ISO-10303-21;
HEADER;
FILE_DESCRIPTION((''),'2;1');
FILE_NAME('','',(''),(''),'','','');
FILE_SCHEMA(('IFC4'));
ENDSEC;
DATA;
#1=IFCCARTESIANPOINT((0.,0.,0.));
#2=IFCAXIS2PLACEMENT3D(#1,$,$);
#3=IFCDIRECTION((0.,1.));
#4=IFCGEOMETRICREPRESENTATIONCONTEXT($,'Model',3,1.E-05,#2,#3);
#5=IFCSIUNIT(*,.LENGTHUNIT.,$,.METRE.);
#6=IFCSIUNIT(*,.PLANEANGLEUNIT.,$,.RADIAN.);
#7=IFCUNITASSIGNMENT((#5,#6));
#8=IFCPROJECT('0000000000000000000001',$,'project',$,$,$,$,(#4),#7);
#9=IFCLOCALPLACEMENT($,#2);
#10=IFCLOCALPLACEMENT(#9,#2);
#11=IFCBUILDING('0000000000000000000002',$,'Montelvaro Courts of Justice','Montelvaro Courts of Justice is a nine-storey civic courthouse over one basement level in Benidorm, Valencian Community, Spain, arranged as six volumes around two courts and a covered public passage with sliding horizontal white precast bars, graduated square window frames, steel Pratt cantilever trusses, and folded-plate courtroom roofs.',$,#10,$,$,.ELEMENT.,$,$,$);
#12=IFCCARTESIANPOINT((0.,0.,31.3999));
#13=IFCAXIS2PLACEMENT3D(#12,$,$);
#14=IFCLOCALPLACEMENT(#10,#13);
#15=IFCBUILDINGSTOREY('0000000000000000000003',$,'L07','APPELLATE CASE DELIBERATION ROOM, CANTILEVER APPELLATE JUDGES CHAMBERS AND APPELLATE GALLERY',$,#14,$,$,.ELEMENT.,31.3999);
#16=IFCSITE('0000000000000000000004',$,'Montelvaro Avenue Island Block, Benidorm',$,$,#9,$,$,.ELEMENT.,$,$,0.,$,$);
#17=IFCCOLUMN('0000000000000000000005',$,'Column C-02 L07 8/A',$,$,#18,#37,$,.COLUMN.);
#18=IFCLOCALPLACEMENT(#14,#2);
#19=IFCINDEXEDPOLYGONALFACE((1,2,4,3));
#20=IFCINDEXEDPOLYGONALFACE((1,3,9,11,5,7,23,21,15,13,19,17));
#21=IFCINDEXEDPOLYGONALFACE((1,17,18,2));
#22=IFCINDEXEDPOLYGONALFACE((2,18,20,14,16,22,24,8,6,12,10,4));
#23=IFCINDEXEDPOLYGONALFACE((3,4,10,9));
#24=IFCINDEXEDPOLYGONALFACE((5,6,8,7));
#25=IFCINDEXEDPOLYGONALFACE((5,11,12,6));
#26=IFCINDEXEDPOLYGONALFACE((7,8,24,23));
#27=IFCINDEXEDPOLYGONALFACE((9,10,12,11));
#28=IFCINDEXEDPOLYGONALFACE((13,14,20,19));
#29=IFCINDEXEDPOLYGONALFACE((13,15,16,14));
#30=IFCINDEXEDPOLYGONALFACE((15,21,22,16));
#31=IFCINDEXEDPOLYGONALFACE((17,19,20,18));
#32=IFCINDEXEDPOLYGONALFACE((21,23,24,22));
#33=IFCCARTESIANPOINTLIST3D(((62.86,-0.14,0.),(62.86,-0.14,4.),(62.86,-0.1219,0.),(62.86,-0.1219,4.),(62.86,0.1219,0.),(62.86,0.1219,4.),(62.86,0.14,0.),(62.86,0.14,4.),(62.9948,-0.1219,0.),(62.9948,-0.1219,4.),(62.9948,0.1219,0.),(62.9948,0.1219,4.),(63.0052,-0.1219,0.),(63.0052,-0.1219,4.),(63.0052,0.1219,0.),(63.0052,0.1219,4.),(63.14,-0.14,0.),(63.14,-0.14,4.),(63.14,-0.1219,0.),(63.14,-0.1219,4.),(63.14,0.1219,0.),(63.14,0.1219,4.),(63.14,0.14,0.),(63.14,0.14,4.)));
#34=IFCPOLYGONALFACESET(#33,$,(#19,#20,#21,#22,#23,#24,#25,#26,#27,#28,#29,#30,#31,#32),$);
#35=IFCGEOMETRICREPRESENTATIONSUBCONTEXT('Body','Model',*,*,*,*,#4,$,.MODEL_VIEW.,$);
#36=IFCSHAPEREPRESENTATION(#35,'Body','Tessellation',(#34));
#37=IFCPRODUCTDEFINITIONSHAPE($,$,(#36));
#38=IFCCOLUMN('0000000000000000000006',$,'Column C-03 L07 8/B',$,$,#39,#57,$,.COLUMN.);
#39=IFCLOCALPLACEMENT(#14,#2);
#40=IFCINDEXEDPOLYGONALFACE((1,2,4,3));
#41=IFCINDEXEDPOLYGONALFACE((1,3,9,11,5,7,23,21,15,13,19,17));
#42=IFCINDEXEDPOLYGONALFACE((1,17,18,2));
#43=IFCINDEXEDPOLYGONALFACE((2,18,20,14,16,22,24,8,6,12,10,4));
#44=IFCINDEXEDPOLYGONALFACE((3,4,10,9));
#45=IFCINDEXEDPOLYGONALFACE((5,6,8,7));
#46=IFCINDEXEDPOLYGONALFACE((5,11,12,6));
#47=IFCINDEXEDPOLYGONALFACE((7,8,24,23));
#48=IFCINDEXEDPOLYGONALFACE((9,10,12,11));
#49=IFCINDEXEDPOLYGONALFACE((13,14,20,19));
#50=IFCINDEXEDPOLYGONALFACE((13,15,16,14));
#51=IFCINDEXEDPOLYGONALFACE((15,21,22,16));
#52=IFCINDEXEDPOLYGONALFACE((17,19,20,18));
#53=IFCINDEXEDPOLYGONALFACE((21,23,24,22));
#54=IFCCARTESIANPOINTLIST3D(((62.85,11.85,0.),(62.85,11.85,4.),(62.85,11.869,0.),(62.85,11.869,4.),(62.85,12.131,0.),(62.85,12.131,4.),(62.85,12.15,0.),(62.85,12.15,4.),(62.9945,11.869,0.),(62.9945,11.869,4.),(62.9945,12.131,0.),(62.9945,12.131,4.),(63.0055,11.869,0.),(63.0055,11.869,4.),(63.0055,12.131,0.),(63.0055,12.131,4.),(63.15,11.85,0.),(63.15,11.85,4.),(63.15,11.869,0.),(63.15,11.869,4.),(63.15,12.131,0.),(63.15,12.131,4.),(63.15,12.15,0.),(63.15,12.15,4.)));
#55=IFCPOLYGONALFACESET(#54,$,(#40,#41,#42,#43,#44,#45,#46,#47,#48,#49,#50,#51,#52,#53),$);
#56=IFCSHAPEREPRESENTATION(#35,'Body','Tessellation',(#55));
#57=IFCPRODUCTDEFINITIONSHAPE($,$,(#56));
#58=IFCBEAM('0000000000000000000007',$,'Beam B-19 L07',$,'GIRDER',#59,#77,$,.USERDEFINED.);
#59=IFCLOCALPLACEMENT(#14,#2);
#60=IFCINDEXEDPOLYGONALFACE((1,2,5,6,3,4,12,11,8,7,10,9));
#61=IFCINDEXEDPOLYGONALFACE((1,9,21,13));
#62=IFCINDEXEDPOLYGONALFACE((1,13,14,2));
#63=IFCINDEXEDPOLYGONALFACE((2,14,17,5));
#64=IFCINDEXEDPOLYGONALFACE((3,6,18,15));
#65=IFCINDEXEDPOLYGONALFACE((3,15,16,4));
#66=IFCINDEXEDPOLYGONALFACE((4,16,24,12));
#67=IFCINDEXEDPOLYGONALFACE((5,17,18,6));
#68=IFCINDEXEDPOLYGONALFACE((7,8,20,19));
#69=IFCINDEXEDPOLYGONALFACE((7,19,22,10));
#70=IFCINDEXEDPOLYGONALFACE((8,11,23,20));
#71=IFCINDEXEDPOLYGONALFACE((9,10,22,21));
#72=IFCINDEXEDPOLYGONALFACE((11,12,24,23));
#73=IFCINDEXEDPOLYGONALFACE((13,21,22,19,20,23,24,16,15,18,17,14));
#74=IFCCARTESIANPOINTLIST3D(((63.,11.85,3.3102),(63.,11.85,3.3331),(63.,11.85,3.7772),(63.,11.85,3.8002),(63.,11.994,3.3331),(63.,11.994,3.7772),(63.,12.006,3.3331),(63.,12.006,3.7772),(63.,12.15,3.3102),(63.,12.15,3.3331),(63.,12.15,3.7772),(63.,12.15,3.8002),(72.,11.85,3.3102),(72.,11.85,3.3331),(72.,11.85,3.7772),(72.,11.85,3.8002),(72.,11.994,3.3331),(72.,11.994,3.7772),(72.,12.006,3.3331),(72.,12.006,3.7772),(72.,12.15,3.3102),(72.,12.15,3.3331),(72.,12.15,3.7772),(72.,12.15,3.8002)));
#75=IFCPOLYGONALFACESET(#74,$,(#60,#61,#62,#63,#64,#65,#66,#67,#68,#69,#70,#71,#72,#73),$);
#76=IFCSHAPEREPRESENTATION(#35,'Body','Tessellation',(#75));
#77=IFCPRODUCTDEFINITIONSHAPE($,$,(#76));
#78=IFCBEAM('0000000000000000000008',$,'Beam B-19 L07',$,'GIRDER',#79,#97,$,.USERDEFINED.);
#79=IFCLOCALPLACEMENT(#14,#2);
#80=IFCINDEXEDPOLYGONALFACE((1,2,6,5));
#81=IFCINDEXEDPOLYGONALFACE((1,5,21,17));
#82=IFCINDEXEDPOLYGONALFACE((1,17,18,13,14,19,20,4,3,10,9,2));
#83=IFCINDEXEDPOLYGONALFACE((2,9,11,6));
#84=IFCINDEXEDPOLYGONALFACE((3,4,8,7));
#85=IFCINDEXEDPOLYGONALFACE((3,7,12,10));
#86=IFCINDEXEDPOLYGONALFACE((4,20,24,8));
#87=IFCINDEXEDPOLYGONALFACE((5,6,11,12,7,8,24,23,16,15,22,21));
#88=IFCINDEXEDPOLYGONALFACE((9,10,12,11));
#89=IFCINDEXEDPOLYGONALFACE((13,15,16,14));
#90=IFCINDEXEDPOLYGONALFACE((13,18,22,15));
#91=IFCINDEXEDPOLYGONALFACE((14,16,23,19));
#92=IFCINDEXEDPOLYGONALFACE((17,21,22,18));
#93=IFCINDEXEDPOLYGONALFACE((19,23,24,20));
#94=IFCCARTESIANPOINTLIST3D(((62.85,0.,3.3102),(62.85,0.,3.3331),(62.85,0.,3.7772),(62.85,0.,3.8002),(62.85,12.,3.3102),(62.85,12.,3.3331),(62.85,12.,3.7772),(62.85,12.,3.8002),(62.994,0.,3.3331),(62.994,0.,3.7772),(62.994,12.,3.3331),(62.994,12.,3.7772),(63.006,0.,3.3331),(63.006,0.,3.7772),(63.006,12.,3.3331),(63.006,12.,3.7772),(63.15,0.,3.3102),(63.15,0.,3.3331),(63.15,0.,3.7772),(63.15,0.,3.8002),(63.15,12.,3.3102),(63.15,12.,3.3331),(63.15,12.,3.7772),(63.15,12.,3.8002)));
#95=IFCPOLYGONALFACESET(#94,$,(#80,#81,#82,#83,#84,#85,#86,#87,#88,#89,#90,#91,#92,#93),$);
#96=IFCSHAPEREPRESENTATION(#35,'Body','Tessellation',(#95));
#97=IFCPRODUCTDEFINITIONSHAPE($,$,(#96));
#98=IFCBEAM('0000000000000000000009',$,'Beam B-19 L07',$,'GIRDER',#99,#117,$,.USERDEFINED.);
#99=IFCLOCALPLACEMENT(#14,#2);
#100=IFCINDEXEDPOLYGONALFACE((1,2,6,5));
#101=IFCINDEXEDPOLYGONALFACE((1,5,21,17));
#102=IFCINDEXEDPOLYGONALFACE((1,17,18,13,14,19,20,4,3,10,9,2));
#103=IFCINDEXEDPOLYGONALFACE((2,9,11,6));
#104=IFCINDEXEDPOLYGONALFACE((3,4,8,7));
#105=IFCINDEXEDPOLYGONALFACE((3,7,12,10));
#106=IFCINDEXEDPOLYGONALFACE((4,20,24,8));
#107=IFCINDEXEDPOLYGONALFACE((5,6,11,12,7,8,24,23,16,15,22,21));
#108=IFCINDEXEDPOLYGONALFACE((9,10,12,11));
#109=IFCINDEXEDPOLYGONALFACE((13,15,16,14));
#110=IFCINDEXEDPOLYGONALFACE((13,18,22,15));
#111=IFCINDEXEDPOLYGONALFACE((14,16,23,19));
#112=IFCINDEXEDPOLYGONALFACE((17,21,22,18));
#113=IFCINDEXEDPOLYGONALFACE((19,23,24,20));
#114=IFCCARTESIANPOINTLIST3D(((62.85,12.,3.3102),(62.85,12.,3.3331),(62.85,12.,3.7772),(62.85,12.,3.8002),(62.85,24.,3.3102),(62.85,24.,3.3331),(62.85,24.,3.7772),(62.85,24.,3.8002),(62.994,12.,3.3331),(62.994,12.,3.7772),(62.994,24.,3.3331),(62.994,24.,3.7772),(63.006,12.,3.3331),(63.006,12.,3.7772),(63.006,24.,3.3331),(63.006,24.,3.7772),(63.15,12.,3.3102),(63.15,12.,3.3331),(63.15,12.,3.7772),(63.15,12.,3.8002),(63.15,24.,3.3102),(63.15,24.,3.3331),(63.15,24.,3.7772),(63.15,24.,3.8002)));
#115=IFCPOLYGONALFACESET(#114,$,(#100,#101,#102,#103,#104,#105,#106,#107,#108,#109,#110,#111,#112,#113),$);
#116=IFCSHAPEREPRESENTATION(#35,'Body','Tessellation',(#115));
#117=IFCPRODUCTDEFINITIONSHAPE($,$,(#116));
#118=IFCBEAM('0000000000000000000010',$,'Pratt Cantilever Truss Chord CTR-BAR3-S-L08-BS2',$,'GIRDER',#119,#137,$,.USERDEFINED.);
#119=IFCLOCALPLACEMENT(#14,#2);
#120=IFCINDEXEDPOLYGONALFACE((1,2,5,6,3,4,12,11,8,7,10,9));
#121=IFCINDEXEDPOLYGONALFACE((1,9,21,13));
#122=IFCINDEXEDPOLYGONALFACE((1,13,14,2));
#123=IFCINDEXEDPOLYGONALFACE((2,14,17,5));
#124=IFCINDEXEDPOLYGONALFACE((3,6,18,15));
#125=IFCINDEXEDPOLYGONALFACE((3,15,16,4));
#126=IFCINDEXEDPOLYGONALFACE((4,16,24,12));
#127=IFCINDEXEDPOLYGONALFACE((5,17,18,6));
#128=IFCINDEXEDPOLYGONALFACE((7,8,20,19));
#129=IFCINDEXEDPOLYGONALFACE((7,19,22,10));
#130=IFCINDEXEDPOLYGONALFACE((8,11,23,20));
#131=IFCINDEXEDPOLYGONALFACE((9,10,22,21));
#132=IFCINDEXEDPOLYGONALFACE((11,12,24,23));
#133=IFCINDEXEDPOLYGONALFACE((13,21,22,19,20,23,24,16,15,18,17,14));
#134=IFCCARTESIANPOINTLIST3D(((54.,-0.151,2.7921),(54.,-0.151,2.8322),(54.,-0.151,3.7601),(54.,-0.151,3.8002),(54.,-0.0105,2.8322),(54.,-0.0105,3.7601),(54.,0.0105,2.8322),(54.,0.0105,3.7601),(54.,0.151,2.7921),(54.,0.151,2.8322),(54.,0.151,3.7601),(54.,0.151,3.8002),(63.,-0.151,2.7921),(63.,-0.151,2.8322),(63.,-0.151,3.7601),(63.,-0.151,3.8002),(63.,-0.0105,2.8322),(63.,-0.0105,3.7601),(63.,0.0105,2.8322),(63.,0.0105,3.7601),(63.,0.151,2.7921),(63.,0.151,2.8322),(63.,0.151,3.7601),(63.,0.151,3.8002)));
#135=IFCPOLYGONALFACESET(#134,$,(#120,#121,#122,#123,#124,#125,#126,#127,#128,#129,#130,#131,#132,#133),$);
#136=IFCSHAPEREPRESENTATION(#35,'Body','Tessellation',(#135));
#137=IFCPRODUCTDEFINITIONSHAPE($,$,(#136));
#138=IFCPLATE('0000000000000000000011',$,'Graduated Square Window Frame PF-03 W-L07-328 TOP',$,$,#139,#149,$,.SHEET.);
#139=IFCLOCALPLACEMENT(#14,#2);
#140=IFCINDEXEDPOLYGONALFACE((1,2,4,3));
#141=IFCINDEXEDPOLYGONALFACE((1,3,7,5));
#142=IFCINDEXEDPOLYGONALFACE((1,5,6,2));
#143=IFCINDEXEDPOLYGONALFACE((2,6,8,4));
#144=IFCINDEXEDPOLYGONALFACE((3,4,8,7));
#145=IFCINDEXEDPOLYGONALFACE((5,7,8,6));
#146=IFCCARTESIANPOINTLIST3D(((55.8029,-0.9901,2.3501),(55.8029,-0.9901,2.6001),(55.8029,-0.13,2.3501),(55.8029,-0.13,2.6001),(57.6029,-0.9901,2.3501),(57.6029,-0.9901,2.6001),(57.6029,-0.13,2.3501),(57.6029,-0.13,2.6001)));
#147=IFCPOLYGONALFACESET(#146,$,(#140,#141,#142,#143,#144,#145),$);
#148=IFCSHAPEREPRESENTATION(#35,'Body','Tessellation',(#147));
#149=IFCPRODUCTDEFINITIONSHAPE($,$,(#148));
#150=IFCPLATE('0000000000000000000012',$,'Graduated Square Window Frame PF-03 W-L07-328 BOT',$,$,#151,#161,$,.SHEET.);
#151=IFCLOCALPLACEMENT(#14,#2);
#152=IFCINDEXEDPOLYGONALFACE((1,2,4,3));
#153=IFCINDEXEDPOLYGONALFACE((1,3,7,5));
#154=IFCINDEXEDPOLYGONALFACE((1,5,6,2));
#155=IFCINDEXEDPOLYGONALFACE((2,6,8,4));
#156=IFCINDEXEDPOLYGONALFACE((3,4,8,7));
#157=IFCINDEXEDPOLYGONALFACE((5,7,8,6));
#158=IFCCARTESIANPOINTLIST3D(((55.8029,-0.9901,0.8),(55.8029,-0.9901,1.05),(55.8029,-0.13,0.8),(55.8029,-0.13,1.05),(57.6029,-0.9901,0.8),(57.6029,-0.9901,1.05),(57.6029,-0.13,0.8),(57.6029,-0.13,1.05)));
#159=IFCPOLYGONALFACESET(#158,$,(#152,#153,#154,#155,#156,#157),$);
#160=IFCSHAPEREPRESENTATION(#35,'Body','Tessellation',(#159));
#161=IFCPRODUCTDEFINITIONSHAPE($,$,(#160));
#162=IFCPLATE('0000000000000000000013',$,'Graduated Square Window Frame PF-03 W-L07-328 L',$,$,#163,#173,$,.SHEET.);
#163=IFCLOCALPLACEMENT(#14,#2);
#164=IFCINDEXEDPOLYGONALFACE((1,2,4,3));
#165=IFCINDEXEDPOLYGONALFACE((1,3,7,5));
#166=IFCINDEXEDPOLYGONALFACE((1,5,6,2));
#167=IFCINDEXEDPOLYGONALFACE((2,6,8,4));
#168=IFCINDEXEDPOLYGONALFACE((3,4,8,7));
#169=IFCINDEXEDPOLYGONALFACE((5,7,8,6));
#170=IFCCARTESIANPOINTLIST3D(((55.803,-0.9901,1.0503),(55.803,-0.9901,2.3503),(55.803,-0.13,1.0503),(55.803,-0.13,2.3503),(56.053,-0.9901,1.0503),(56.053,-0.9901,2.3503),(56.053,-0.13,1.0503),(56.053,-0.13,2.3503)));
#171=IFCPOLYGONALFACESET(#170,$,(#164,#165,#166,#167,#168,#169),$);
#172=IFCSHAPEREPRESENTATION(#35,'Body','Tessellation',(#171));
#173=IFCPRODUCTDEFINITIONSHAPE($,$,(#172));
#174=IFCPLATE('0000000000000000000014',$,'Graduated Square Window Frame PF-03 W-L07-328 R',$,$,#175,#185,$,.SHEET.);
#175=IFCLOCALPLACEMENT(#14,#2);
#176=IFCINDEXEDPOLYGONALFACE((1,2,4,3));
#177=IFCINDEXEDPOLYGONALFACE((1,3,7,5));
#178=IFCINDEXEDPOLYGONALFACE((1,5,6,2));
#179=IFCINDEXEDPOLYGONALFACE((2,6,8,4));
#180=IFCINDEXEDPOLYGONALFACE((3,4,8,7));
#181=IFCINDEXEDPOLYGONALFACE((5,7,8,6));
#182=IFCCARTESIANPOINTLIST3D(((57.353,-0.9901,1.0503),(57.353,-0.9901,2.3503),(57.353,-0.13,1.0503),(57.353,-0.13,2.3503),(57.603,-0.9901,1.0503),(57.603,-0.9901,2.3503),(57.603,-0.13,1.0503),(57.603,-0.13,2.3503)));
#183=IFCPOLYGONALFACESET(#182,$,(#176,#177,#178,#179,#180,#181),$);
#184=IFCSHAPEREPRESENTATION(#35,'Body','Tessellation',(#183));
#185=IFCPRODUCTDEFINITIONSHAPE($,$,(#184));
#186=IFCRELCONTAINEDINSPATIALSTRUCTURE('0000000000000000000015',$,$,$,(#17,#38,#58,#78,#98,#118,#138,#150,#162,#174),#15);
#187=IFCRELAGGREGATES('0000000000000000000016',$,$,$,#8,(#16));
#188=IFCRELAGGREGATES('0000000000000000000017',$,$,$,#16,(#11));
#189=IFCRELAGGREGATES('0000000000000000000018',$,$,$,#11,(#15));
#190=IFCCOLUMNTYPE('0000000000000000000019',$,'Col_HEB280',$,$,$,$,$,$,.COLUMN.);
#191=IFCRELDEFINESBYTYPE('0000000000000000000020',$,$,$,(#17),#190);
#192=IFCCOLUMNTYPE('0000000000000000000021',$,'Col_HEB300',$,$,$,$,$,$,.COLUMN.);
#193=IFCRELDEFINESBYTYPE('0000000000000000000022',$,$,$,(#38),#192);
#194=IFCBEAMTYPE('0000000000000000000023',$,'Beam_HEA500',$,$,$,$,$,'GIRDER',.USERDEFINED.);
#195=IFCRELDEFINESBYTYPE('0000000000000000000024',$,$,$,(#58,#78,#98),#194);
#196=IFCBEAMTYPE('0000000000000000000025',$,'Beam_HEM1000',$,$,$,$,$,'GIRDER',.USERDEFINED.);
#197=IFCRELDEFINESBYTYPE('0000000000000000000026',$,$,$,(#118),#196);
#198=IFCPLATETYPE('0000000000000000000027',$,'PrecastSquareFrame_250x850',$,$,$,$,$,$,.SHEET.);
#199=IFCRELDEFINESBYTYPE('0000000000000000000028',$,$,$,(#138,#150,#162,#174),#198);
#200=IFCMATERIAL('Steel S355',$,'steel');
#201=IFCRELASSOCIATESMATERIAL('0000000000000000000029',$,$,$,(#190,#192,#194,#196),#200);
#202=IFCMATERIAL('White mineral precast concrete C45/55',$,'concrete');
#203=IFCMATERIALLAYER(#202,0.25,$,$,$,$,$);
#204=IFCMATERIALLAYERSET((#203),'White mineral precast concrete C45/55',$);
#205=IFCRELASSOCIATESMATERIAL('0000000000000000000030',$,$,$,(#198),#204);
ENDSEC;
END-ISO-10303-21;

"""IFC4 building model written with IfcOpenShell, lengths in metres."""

from ifc_helpers import new_model, si_unit, direction, frame, origin, origin_2d, place, context, subcontext, project, spatial, rectangle, i_section, extrude, material, layer, layer_set, material_profile, profile_set, type_object, element, save


model = new_model("IFC4")

# Units and contexts
model_context = context("Model", 3, precision=1e-05, world=origin(), true_north=direction((0.0, 1.0)))
body_context = subcontext(model_context, "Body", "Model", "MODEL_VIEW")
ifc_project = project(units=[si_unit("LENGTHUNIT", "METRE"), si_unit("PLANEANGLEUNIT", "RADIAN")], contexts=[model_context])

# Site, building, storey
site_placement = place(None, origin())
site = spatial("IfcSite", under=ifc_project, at=site_placement, Name="Montelvaro Avenue Island Block, Benidorm", CompositionType="ELEMENT", RefElevation=0.0)
building_placement = place(site_placement, origin())
building = spatial("IfcBuilding", under=site, at=building_placement, Name="Montelvaro Courts of Justice", Description="Montelvaro Courts of Justice is a nine-storey civic courthouse over one basement level in Benidorm, Valencian Community, Spain, arranged as six volumes around two courts and a covered public passage with sliding horizontal white precast bars, graduated square window frames, steel Pratt cantilever trusses, and folded-plate courtroom roofs.", CompositionType="ELEMENT")
storey_placement = place(building_placement, frame((0.0, 0.0, 31.3999)))
storey = spatial("IfcBuildingStorey", under=building, at=storey_placement, Name="L07", Description="APPELLATE CASE DELIBERATION ROOM, CANTILEVER APPELLATE JUDGES CHAMBERS AND APPELLATE GALLERY", CompositionType="ELEMENT", Elevation=31.3999)

# Columns
ifc_material_1 = material(Name="Steel S355", Category="steel")
ifc_material_profile_1 = material_profile(ifc_material_1, i_section(OverallWidth=0.28, OverallDepth=0.28, WebThickness=0.0105, FlangeThickness=0.0181, at=origin_2d()), Name="HEB 280")
ifc_profile_set_1 = profile_set([ifc_material_profile_1], Name="Steel S355")
column_type_1 = type_object("IfcColumnType", Name="Col_HEB280", PredefinedType="COLUMN", material=ifc_profile_set_1)
column_1_placement = place(storey_placement, frame((63.0, 0.0, 0.0), z_axis=(0.0, 0.0, 1.0), x_axis=(1.0, 0.0, 0.0)))
element("IfcColumn", 1, at=column_1_placement, inside=storey, type_object=column_type_1, Name="Column C-02 L07 8/A", PredefinedType="COLUMN", context=body_context, shape_type="SweptSolid", body=[
    extrude(i_section(OverallWidth=0.28, OverallDepth=0.28, WebThickness=0.0105, FlangeThickness=0.0181, at=origin_2d()), origin(), (0.0, 0.0, 1.0), 4.0),
])
ifc_material_profile_2 = material_profile(ifc_material_1, i_section(OverallWidth=0.3, OverallDepth=0.3, WebThickness=0.011, FlangeThickness=0.019, at=origin_2d()), Name="HEB 300")
ifc_profile_set_2 = profile_set([ifc_material_profile_2], Name="Steel S355")
column_type_2 = type_object("IfcColumnType", Name="Col_HEB300", PredefinedType="COLUMN", material=ifc_profile_set_2)
column_2_placement = place(storey_placement, frame((63.0, 12.0, 0.0), z_axis=(0.0, 0.0, 1.0), x_axis=(1.0, 0.0, 0.0)))
element("IfcColumn", 2, at=column_2_placement, inside=storey, type_object=column_type_2, Name="Column C-03 L07 8/B", PredefinedType="COLUMN", context=body_context, shape_type="SweptSolid", body=[
    extrude(i_section(OverallWidth=0.3, OverallDepth=0.3, WebThickness=0.011, FlangeThickness=0.019, at=origin_2d()), origin(), (0.0, 0.0, 1.0), 4.0),
])

# Beams
ifc_material_profile_3 = material_profile(ifc_material_1, i_section(OverallWidth=0.3, OverallDepth=0.49, WebThickness=0.012, FlangeThickness=0.0229, at=origin_2d()), Name="HEA 500")
ifc_profile_set_3 = profile_set([ifc_material_profile_3], Name="Steel S355")
beam_type_1 = type_object("IfcBeamType", Name="Beam_HEA500", ElementType="GIRDER", PredefinedType="USERDEFINED", material=ifc_profile_set_3)
beam_1_placement = place(storey_placement, frame((63.0, 12.0, 3.5552), z_axis=(1.0, 0.0, 0.0), x_axis=(0.0, 1.0, 0.0)))
element("IfcBeam", 3, at=beam_1_placement, inside=storey, type_object=beam_type_1, Name="Beam B-19 L07", ObjectType="GIRDER", PredefinedType="USERDEFINED", context=body_context, shape_type="SweptSolid", body=[
    extrude(i_section(OverallWidth=0.3, OverallDepth=0.49, WebThickness=0.012, FlangeThickness=0.0229, at=origin_2d()), origin(), (0.0, 0.0, 1.0), 9.0),
])
for number, where, z_axis, x_axis, name in (
    (4, (63.0, 0.0, 3.5552), (0.0, 1.0, 0.0), (-1.0, 0.0, 0.0), "Beam B-19 L07"),
    (5, (63.0, 12.0, 3.5552), (0.0, 1.0, 0.0), (-1.0, 0.0, 0.0), "Beam B-19 L07"),
):
    element("IfcBeam", number, at=place(storey_placement, frame(where, z_axis=z_axis, x_axis=x_axis)), inside=storey, type_object=beam_type_1, Name=name, ObjectType="GIRDER", PredefinedType="USERDEFINED", context=body_context, shape_type="SweptSolid", body=[
        extrude(i_section(OverallWidth=0.3, OverallDepth=0.49, WebThickness=0.012, FlangeThickness=0.0229, at=origin_2d()), origin(), (0.0, 0.0, 1.0), 12.0),
    ])
ifc_material_profile_4 = material_profile(ifc_material_1, i_section(OverallWidth=0.302, OverallDepth=1.0081, WebThickness=0.021, FlangeThickness=0.04, at=origin_2d()), Name="HEM 1000")
ifc_profile_set_4 = profile_set([ifc_material_profile_4], Name="Steel S355")
beam_type_2 = type_object("IfcBeamType", Name="Beam_HEM1000", ElementType="GIRDER", PredefinedType="USERDEFINED", material=ifc_profile_set_4)
beam_2_placement = place(storey_placement, frame((63.0, 0.0, 3.2961), z_axis=(-1.0, 0.0, 0.0), x_axis=(0.0, -1.0, 0.0)))
element("IfcBeam", 6, at=beam_2_placement, inside=storey, type_object=beam_type_2, Name="Pratt Cantilever Truss Chord CTR-BAR3-S-L08-BS2", ObjectType="GIRDER", PredefinedType="USERDEFINED", context=body_context, shape_type="SweptSolid", body=[
    extrude(i_section(OverallWidth=0.302, OverallDepth=1.0081, WebThickness=0.021, FlangeThickness=0.04, at=origin_2d()), origin(), (0.0, 0.0, 1.0), 9.0),
])

# Plates
ifc_material_2 = material(Name="White mineral precast concrete C45/55", Category="concrete")
ifc_layer_1 = layer(ifc_material_2, 0.25)
ifc_layer_set_1 = layer_set([ifc_layer_1], Name="White mineral precast concrete C45/55")
plate_type = type_object("IfcPlateType", Name="PrecastSquareFrame_250x850", PredefinedType="SHEET", material=ifc_layer_set_1)
for number, where, z_axis, x_axis, name in (
    (7, (56.7029, -0.5601, 2.3501), (0.0, 0.0, 1.0), (1.0, 0.0, 0.0), "Graduated Square Window Frame PF-03 W-L07-328 TOP"),
    (8, (56.7029, -0.5601, 0.8), (0.0, 0.0, 1.0), (1.0, 0.0, 0.0), "Graduated Square Window Frame PF-03 W-L07-328 BOT"),
):
    element("IfcPlate", number, at=place(storey_placement, frame(where, z_axis=z_axis, x_axis=x_axis)), inside=storey, type_object=plate_type, Name=name, PredefinedType="SHEET", context=body_context, shape_type="SweptSolid", body=[
        extrude(rectangle(XDim=1.8, YDim=0.8601, at=origin_2d()), origin(), (0.0, 0.0, 1.0), 0.25),
    ])
for number, where, z_axis, x_axis, name in (
    (9, (55.928, -0.5601, 1.0503), (0.0, 0.0, 1.0), (1.0, 0.0, 0.0), "Graduated Square Window Frame PF-03 W-L07-328 L"),
    (10, (57.478, -0.5601, 1.0503), (0.0, 0.0, 1.0), (1.0, 0.0, 0.0), "Graduated Square Window Frame PF-03 W-L07-328 R"),
):
    element("IfcPlate", number, at=place(storey_placement, frame(where, z_axis=z_axis, x_axis=x_axis)), inside=storey, type_object=plate_type, Name=name, PredefinedType="SHEET", context=body_context, shape_type="SweptSolid", body=[
        extrude(rectangle(XDim=0.25, YDim=0.8601, at=origin_2d()), origin(), (0.0, 0.0, 1.0), 1.3),
    ])

save(model, "model.ifc")
